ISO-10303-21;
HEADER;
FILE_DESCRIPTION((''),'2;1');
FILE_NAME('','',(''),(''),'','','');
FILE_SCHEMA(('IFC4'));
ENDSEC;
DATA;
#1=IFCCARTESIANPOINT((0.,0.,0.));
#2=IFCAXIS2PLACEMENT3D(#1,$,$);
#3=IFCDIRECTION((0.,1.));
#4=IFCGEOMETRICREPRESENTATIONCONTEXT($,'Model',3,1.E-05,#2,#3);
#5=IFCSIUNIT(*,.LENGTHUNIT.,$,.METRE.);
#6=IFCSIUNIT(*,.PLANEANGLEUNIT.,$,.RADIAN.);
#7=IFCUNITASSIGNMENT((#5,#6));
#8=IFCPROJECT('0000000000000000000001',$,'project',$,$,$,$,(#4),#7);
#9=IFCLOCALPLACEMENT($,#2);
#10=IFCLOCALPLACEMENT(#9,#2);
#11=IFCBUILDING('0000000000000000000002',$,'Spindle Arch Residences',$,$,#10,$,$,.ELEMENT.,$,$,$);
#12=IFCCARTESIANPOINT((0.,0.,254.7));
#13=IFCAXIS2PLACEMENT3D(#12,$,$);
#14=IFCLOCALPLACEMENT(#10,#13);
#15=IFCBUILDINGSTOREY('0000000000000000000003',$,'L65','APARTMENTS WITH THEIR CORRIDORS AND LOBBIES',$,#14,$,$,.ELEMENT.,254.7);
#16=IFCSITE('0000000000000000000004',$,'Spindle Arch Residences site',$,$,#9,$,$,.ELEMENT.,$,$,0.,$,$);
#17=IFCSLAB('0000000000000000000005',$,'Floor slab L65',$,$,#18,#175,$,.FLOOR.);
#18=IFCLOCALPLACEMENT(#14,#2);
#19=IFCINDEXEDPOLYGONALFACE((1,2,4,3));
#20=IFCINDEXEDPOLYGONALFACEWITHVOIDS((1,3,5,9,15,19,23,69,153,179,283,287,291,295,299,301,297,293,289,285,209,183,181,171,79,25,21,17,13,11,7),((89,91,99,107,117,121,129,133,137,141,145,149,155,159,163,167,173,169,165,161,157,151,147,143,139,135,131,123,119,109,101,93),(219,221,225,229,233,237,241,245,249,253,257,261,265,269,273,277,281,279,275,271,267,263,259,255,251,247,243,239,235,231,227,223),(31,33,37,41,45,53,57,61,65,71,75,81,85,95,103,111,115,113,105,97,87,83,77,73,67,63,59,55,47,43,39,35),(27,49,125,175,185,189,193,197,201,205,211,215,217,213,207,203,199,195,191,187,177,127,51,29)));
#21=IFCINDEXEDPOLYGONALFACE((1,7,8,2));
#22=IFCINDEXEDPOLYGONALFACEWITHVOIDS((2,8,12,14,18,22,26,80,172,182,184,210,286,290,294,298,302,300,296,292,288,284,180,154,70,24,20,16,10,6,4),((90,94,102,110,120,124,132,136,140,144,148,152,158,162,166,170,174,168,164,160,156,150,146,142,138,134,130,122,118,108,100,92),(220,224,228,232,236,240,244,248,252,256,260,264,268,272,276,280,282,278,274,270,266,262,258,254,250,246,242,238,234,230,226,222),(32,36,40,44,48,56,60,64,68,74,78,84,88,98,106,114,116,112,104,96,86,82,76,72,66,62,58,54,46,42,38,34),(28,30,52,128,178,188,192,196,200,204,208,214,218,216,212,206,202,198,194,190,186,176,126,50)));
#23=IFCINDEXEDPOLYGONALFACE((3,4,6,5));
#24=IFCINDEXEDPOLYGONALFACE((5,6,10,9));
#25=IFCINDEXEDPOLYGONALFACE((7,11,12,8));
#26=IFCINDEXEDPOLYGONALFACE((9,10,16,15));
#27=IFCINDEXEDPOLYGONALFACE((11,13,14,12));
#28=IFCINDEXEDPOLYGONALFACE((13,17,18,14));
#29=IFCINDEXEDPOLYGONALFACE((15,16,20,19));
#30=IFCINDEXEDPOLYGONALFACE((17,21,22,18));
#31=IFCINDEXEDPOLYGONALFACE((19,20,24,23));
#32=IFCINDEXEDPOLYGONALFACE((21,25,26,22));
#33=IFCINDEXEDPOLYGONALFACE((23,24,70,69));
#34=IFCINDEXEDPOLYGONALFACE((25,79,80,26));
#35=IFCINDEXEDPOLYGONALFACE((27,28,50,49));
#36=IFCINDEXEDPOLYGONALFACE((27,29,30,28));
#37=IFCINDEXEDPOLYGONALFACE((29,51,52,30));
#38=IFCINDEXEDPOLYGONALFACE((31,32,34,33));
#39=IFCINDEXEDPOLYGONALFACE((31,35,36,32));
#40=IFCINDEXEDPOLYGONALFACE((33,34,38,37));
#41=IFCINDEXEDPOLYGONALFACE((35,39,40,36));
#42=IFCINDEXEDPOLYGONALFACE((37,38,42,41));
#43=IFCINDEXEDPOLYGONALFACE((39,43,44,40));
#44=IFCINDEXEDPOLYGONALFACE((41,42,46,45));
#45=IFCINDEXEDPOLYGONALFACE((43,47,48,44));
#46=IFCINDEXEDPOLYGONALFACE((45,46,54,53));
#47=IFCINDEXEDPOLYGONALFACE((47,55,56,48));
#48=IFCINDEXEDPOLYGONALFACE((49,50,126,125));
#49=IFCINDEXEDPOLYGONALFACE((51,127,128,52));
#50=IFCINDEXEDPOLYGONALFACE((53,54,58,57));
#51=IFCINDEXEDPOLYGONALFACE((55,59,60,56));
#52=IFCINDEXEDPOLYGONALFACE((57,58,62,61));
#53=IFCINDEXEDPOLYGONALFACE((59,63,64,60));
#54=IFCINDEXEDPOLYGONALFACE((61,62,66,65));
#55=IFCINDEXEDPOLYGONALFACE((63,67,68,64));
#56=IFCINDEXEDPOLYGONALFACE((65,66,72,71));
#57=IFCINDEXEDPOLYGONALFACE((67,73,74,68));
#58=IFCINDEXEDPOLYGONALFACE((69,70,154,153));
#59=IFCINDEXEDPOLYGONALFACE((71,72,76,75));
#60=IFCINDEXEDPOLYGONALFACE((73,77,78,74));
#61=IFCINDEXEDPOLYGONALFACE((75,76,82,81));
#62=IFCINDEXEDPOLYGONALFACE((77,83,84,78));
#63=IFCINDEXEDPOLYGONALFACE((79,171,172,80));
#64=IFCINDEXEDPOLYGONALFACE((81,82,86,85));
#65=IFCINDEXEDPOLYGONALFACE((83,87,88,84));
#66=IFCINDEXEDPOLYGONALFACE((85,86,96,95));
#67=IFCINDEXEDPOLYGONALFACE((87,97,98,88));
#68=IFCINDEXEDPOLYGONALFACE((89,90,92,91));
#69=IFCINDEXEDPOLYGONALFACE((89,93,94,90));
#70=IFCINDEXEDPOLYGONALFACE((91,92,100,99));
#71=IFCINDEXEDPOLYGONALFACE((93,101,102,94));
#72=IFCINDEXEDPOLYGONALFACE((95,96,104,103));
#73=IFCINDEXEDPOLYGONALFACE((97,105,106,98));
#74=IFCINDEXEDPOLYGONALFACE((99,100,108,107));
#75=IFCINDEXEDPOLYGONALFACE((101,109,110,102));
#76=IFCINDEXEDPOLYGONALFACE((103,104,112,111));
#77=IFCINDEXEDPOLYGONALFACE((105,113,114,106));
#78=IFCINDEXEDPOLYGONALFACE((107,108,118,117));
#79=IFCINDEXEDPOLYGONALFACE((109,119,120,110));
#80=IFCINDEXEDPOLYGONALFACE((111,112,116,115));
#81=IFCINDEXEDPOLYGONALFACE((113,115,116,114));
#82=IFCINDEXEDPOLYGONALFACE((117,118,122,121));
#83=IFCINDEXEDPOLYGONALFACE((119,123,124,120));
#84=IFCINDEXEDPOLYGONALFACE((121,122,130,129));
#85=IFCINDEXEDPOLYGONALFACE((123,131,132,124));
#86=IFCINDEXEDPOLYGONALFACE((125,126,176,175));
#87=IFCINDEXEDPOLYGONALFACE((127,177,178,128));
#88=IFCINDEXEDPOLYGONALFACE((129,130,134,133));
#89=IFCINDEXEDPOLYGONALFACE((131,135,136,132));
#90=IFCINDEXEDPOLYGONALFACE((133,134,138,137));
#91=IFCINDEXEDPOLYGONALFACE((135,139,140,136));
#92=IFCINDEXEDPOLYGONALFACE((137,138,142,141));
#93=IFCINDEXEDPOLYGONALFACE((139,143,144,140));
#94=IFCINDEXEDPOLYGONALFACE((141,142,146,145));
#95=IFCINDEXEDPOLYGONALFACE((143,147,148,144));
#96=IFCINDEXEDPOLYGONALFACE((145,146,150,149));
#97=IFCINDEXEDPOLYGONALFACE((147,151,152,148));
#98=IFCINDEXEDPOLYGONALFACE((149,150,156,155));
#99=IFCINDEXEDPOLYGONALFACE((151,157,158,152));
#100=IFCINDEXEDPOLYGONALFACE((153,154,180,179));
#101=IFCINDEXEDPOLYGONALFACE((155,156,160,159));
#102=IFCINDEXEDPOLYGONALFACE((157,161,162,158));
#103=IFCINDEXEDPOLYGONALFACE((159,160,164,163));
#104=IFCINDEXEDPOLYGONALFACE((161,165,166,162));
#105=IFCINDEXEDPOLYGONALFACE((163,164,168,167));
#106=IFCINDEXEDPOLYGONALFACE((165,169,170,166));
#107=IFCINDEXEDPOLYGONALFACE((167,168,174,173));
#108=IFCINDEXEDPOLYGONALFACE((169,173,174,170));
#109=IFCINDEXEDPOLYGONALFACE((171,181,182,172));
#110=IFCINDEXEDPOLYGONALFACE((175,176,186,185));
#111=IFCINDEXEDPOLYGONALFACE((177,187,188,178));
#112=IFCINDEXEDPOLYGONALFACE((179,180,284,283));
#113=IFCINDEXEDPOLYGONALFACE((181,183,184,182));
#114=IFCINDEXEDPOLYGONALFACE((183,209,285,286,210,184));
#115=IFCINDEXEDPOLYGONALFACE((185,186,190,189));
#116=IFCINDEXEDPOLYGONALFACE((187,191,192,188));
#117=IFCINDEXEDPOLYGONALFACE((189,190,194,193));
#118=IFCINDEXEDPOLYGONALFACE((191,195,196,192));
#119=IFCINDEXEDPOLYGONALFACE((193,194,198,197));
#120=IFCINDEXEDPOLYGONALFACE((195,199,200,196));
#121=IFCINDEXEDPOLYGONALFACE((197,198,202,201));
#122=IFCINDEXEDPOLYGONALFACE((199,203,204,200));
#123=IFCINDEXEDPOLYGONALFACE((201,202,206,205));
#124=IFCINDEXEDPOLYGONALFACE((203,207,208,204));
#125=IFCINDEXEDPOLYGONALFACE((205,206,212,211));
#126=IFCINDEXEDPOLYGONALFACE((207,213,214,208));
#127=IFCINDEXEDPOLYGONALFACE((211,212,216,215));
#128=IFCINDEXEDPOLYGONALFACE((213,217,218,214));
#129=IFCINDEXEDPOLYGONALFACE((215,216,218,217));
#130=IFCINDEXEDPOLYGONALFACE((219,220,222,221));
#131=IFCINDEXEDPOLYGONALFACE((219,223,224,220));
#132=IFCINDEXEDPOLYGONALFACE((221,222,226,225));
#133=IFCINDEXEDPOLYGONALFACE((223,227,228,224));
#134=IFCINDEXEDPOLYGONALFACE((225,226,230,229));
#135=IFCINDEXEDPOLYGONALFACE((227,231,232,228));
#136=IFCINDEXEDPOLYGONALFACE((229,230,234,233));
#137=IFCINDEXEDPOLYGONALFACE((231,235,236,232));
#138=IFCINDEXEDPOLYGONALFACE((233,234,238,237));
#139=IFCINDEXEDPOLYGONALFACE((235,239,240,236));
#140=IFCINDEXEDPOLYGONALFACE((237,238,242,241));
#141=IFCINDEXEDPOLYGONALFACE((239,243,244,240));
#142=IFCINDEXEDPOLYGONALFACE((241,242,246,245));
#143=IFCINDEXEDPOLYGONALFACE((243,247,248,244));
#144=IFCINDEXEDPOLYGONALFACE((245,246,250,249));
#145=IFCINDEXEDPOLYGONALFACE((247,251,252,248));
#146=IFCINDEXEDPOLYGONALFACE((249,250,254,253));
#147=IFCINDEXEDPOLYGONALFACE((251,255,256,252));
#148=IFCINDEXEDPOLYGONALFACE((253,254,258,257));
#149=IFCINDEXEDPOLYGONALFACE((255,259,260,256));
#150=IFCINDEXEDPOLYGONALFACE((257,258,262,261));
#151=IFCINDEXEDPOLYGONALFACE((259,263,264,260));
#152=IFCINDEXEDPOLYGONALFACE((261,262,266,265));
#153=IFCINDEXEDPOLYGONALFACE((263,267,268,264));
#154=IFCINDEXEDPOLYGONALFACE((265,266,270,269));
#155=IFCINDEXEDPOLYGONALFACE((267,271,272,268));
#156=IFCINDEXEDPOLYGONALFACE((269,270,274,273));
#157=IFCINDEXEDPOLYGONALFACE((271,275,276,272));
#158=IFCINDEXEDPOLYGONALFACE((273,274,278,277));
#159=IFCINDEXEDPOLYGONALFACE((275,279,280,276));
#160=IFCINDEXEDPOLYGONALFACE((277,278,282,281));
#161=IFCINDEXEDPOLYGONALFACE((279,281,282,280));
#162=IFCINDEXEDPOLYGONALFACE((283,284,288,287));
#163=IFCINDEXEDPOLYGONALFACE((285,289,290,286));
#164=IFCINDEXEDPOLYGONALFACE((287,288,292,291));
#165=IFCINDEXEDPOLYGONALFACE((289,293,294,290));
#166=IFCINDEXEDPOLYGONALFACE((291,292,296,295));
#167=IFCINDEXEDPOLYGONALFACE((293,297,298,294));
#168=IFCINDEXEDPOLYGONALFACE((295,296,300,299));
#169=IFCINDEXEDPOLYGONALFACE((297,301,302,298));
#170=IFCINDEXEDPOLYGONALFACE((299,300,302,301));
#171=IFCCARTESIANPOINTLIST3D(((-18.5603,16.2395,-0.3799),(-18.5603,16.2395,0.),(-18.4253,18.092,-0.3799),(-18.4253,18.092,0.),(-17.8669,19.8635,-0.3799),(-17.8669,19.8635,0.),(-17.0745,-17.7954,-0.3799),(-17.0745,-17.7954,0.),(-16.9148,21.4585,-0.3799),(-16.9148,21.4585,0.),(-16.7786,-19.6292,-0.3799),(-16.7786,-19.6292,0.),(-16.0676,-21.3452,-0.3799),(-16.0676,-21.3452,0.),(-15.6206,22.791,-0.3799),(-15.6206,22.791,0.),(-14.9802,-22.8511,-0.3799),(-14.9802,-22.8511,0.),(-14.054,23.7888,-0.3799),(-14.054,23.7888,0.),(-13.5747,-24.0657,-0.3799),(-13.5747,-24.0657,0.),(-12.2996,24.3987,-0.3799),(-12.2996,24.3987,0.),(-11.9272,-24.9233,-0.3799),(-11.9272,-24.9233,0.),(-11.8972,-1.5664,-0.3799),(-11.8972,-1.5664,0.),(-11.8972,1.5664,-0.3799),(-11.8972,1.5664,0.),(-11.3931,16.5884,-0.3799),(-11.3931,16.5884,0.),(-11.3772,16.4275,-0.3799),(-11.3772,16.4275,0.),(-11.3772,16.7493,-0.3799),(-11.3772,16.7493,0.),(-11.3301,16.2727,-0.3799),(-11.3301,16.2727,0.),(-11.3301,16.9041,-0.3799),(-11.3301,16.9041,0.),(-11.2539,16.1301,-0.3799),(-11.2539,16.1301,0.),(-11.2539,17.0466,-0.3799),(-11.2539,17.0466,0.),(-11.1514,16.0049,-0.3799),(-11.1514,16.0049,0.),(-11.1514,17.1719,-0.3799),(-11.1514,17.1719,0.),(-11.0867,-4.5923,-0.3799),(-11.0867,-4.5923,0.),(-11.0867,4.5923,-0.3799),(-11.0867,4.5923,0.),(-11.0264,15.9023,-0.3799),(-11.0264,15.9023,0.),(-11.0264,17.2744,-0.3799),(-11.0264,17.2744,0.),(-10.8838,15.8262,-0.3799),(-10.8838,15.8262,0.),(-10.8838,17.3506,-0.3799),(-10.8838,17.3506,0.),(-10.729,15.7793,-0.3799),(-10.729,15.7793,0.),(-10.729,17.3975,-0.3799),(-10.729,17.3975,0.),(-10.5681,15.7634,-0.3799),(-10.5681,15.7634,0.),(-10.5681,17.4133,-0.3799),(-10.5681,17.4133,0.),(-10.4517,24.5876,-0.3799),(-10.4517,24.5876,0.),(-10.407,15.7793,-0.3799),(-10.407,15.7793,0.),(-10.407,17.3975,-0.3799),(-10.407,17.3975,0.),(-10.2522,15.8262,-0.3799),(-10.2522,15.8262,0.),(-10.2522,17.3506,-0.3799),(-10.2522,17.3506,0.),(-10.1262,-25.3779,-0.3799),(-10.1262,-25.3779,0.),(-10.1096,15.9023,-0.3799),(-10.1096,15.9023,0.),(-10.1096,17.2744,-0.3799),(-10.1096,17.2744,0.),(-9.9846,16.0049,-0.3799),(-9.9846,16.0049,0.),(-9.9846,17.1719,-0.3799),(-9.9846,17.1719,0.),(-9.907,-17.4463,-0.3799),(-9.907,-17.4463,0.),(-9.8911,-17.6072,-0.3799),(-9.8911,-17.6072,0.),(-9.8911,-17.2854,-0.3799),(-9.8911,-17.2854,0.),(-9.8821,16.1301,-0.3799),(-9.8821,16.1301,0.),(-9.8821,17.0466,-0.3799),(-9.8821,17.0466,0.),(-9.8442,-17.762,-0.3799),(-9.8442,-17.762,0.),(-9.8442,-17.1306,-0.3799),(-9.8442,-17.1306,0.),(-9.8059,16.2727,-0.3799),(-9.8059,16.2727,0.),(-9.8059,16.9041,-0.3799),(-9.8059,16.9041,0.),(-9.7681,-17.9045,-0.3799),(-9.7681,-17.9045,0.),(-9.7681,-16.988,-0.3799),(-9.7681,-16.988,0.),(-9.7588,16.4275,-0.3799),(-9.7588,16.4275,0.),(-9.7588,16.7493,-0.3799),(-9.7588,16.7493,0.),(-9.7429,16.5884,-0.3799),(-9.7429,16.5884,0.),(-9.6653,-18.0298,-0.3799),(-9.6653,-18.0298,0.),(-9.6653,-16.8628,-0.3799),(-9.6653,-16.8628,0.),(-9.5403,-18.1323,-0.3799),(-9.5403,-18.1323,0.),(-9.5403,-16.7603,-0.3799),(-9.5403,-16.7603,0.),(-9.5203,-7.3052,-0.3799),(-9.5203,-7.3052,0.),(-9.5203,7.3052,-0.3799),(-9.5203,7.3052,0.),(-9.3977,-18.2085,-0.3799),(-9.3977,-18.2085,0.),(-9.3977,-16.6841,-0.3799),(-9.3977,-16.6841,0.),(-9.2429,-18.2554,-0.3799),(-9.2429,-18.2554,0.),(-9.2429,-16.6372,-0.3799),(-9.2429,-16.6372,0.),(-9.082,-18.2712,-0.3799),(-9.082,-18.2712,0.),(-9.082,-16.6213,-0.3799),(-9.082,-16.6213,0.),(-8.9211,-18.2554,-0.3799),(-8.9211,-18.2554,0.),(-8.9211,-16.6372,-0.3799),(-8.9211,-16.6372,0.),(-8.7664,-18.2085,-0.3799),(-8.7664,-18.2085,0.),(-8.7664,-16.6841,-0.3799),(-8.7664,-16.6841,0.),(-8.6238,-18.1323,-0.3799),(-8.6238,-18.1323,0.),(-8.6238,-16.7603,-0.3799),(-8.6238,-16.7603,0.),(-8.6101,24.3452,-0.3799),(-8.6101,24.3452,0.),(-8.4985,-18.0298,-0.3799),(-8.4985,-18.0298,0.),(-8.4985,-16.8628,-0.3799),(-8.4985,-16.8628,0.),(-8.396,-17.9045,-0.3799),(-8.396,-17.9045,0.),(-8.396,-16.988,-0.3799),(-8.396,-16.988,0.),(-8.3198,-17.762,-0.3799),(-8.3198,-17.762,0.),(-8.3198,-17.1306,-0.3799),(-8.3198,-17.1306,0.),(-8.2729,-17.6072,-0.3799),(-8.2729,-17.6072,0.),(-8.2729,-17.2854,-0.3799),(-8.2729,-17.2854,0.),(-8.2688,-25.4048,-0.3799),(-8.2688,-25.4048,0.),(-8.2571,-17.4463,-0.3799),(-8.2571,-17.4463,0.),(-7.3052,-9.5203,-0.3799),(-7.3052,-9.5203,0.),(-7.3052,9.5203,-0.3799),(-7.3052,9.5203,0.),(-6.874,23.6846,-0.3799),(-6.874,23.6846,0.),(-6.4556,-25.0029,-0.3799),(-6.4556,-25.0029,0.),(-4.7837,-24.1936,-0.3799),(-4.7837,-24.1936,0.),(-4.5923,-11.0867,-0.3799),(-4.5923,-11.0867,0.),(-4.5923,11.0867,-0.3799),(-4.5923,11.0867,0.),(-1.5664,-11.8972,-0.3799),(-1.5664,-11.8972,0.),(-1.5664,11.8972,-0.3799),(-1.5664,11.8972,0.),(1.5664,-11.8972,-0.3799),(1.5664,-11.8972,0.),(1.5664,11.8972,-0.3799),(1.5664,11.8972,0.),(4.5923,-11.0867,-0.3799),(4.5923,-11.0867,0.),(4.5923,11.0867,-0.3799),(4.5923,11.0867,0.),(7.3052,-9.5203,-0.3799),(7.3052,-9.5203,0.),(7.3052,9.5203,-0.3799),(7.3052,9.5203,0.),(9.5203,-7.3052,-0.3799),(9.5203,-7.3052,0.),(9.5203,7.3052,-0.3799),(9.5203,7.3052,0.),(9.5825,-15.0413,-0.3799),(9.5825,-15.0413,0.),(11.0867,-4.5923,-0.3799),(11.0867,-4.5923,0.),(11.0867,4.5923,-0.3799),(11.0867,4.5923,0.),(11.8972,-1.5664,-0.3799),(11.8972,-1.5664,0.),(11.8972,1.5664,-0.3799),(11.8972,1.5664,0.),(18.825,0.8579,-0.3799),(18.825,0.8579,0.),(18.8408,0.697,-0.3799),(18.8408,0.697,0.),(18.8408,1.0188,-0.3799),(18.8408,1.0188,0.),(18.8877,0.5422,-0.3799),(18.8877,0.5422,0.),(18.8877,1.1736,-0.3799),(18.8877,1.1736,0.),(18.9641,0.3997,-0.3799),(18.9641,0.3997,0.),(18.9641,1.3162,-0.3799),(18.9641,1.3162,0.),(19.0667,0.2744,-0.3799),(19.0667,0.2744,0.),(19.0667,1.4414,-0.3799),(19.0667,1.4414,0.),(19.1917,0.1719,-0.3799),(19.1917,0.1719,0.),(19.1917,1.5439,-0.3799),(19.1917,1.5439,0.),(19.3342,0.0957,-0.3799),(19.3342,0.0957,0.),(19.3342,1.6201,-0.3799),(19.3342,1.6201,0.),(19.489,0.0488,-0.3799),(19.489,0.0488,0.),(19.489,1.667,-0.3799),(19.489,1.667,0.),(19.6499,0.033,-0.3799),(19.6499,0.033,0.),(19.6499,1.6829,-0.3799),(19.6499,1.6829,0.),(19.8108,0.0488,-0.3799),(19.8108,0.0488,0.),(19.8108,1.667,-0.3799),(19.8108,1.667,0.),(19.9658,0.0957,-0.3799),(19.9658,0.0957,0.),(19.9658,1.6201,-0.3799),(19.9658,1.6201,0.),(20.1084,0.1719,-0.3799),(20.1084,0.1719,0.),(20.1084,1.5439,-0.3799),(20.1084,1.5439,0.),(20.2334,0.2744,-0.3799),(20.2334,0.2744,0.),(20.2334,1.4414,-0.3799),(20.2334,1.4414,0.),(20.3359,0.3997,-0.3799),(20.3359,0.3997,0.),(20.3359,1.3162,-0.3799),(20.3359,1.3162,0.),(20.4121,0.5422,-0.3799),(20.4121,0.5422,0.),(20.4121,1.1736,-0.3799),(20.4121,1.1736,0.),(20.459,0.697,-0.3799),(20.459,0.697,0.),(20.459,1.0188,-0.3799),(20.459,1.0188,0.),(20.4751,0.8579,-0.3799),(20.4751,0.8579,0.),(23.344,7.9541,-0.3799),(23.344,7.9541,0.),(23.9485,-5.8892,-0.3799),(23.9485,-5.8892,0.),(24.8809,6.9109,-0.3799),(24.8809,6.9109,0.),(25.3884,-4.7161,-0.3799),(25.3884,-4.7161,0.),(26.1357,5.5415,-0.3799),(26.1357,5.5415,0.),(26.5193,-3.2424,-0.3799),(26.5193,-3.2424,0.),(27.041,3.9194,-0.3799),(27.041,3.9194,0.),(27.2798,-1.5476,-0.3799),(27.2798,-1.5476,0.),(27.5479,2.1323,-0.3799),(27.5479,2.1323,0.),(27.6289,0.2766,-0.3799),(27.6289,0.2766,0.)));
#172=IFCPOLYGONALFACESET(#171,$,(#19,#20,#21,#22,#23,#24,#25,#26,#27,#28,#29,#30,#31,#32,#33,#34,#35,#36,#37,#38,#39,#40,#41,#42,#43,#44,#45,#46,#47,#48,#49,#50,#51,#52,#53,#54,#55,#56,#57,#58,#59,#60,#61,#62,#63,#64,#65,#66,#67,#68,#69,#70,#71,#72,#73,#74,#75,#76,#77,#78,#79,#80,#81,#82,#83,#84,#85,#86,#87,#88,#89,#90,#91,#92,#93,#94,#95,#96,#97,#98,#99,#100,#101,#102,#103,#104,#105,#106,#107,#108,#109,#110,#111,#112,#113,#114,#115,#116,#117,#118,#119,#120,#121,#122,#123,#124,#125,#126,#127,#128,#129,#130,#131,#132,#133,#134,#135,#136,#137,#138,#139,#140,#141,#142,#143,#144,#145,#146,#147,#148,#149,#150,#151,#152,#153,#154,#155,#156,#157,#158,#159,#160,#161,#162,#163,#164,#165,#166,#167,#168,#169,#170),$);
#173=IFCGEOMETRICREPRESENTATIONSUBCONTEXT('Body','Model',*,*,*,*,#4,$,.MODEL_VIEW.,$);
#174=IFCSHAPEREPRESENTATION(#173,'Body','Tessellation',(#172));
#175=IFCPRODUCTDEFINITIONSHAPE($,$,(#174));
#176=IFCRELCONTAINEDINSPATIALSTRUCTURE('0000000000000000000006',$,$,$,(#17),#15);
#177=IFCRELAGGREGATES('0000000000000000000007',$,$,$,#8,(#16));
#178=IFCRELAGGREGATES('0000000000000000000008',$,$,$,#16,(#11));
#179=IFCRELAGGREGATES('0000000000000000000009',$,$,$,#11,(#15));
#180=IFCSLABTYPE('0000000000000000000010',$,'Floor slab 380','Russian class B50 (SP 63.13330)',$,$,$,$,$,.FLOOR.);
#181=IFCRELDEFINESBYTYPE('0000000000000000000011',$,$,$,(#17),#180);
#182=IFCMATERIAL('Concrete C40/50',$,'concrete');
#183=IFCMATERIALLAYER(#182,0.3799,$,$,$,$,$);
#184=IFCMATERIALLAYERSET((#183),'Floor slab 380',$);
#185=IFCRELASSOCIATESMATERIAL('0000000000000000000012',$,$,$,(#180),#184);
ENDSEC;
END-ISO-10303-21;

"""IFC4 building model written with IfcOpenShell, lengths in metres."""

from ifc_helpers import new_model, si_unit, direction, frame, origin, place, context, subcontext, project, spatial, polyline, outline, extrude, material, layer, layer_set, type_object, element, save


model = new_model("IFC4")

# Units and contexts
model_context = context("Model", 3, precision=1e-05, world=origin(), true_north=direction((0.0, 1.0)))
body_context = subcontext(model_context, "Body", "Model", "MODEL_VIEW")
ifc_project = project(units=[si_unit("LENGTHUNIT", "METRE"), si_unit("PLANEANGLEUNIT", "RADIAN")], contexts=[model_context])

# Site, building, storey
site_placement = place(None, origin())
site = spatial("IfcSite", under=ifc_project, at=site_placement, Name="Spindle Arch Residences site", CompositionType="ELEMENT", RefElevation=0.0)
building_placement = place(site_placement, origin())
building = spatial("IfcBuilding", under=site, at=building_placement, Name="Spindle Arch Residences", CompositionType="ELEMENT")
storey_placement = place(building_placement, frame((0.0, 0.0, 254.7)))
storey = spatial("IfcBuildingStorey", under=building, at=storey_placement, Name="L65", Description="APARTMENTS WITH THEIR CORRIDORS AND LOBBIES", CompositionType="ELEMENT", Elevation=254.7)

# Slab
ifc_material_1 = material(Name="Concrete C40/50", Category="concrete")
ifc_layer_1 = layer(ifc_material_1, 0.3799)
ifc_layer_set_1 = layer_set([ifc_layer_1], Name="Floor slab 380")
slab_type_1 = type_object("IfcSlabType", Name="Floor slab 380", Description="Russian class B50 (SP 63.13330)", PredefinedType="FLOOR", material=ifc_layer_set_1)
slab_1_placement = place(storey_placement, frame((0.0, 0.0, -0.3799)))
element("IfcSlab", 1, at=slab_1_placement, inside=storey, type_object=slab_type_1, Name="Floor slab L65", PredefinedType="FLOOR", context=body_context, shape_type="SweptSolid", body=[
    extrude(outline(polyline([(-6.4556, -25.0029), (-8.2688, -25.4048), (-10.1262, -25.3779), (-11.9272, -24.9233), (-13.5747, -24.0657), (-14.9802, -22.8511), (-16.0676, -21.3452), (-16.7786, -19.6292), (-17.0745, -17.7954), (-18.5603, 16.2395), (-18.4253, 18.092), (-17.8669, 19.8635), (-16.9148, 21.4585), (-15.6206, 22.791), (-14.054, 23.7888), (-12.2996, 24.3987), (-10.4517, 24.5876), (-8.6101, 24.3452), (-6.874, 23.6846), (23.344, 7.9541), (24.8809, 6.9109), (26.1357, 5.5415), (27.041, 3.9194), (27.5479, 2.1323), (27.6289, 0.2766), (27.2798, -1.5476), (26.5193, -3.2424), (25.3884, -4.7161), (23.9485, -5.8892), (9.5825, -15.0413), (-4.7837, -24.1936), (-6.4556, -25.0029)]), holes=[polyline([(7.3052, -9.5203), (9.5203, -7.3052), (11.0867, -4.5923), (11.8972, -1.5664), (11.8972, 1.5664), (11.0867, 4.5923), (9.5203, 7.3052), (7.3052, 9.5203), (4.5923, 11.0867), (1.5664, 11.8972), (-1.5664, 11.8972), (-4.5923, 11.0867), (-7.3052, 9.5203), (-9.5203, 7.3052), (-11.0867, 4.5923), (-11.8972, 1.5664), (-11.8972, -1.5664), (-11.0867, -4.5923), (-9.5203, -7.3052), (-7.3052, -9.5203), (-4.5923, -11.0867), (-1.5664, -11.8972), (1.5664, -11.8972), (4.5923, -11.0867), (7.3052, -9.5203)]), polyline([(-8.396, -17.9045), (-8.3198, -17.762), (-8.2729, -17.6072), (-8.2571, -17.4463), (-8.2729, -17.2854), (-8.3198, -17.1306), (-8.396, -16.988), (-8.4985, -16.8628), (-8.6238, -16.7603), (-8.7664, -16.6841), (-8.9211, -16.6372), (-9.082, -16.6213), (-9.2429, -16.6372), (-9.3977, -16.6841), (-9.5403, -16.7603), (-9.6653, -16.8628), (-9.7681, -16.988), (-9.8442, -17.1306), (-9.8911, -17.2854), (-9.907, -17.4463), (-9.8911, -17.6072), (-9.8442, -17.762), (-9.7681, -17.9045), (-9.6653, -18.0298), (-9.5403, -18.1323), (-9.3977, -18.2085), (-9.2429, -18.2554), (-9.082, -18.2712), (-8.9211, -18.2554), (-8.7664, -18.2085), (-8.6238, -18.1323), (-8.4985, -18.0298), (-8.396, -17.9045)]), polyline([(-9.8821, 16.1301), (-9.8059, 16.2727), (-9.7588, 16.4275), (-9.7429, 16.5884), (-9.7588, 16.7493), (-9.8059, 16.9041), (-9.8821, 17.0466), (-9.9846, 17.1719), (-10.1096, 17.2744), (-10.2522, 17.3506), (-10.407, 17.3975), (-10.5681, 17.4133), (-10.729, 17.3975), (-10.8838, 17.3506), (-11.0264, 17.2744), (-11.1514, 17.1719), (-11.2539, 17.0466), (-11.3301, 16.9041), (-11.3772, 16.7493), (-11.3931, 16.5884), (-11.3772, 16.4275), (-11.3301, 16.2727), (-11.2539, 16.1301), (-11.1514, 16.0049), (-11.0264, 15.9023), (-10.8838, 15.8262), (-10.729, 15.7793), (-10.5681, 15.7634), (-10.407, 15.7793), (-10.2522, 15.8262), (-10.1096, 15.9023), (-9.9846, 16.0049), (-9.8821, 16.1301)]), polyline([(20.2334, 0.2744), (20.3359, 0.3997), (20.4121, 0.5422), (20.459, 0.697), (20.4751, 0.8579), (20.459, 1.0188), (20.4121, 1.1736), (20.3359, 1.3162), (20.2334, 1.4414), (20.1084, 1.5439), (19.9658, 1.6201), (19.8108, 1.667), (19.6499, 1.6829), (19.489, 1.667), (19.3342, 1.6201), (19.1917, 1.5439), (19.0667, 1.4414), (18.9641, 1.3162), (18.8877, 1.1736), (18.8408, 1.0188), (18.825, 0.8579), (18.8408, 0.697), (18.8877, 0.5422), (18.9641, 0.3997), (19.0667, 0.2744), (19.1917, 0.1719), (19.3342, 0.0957), (19.489, 0.0488), (19.6499, 0.033), (19.8108, 0.0488), (19.9658, 0.0957), (20.1084, 0.1719), (20.2334, 0.2744)])]), origin(), (0.0, 0.0, 1.0), 0.3799),
])

save(model, "model.ifc")
